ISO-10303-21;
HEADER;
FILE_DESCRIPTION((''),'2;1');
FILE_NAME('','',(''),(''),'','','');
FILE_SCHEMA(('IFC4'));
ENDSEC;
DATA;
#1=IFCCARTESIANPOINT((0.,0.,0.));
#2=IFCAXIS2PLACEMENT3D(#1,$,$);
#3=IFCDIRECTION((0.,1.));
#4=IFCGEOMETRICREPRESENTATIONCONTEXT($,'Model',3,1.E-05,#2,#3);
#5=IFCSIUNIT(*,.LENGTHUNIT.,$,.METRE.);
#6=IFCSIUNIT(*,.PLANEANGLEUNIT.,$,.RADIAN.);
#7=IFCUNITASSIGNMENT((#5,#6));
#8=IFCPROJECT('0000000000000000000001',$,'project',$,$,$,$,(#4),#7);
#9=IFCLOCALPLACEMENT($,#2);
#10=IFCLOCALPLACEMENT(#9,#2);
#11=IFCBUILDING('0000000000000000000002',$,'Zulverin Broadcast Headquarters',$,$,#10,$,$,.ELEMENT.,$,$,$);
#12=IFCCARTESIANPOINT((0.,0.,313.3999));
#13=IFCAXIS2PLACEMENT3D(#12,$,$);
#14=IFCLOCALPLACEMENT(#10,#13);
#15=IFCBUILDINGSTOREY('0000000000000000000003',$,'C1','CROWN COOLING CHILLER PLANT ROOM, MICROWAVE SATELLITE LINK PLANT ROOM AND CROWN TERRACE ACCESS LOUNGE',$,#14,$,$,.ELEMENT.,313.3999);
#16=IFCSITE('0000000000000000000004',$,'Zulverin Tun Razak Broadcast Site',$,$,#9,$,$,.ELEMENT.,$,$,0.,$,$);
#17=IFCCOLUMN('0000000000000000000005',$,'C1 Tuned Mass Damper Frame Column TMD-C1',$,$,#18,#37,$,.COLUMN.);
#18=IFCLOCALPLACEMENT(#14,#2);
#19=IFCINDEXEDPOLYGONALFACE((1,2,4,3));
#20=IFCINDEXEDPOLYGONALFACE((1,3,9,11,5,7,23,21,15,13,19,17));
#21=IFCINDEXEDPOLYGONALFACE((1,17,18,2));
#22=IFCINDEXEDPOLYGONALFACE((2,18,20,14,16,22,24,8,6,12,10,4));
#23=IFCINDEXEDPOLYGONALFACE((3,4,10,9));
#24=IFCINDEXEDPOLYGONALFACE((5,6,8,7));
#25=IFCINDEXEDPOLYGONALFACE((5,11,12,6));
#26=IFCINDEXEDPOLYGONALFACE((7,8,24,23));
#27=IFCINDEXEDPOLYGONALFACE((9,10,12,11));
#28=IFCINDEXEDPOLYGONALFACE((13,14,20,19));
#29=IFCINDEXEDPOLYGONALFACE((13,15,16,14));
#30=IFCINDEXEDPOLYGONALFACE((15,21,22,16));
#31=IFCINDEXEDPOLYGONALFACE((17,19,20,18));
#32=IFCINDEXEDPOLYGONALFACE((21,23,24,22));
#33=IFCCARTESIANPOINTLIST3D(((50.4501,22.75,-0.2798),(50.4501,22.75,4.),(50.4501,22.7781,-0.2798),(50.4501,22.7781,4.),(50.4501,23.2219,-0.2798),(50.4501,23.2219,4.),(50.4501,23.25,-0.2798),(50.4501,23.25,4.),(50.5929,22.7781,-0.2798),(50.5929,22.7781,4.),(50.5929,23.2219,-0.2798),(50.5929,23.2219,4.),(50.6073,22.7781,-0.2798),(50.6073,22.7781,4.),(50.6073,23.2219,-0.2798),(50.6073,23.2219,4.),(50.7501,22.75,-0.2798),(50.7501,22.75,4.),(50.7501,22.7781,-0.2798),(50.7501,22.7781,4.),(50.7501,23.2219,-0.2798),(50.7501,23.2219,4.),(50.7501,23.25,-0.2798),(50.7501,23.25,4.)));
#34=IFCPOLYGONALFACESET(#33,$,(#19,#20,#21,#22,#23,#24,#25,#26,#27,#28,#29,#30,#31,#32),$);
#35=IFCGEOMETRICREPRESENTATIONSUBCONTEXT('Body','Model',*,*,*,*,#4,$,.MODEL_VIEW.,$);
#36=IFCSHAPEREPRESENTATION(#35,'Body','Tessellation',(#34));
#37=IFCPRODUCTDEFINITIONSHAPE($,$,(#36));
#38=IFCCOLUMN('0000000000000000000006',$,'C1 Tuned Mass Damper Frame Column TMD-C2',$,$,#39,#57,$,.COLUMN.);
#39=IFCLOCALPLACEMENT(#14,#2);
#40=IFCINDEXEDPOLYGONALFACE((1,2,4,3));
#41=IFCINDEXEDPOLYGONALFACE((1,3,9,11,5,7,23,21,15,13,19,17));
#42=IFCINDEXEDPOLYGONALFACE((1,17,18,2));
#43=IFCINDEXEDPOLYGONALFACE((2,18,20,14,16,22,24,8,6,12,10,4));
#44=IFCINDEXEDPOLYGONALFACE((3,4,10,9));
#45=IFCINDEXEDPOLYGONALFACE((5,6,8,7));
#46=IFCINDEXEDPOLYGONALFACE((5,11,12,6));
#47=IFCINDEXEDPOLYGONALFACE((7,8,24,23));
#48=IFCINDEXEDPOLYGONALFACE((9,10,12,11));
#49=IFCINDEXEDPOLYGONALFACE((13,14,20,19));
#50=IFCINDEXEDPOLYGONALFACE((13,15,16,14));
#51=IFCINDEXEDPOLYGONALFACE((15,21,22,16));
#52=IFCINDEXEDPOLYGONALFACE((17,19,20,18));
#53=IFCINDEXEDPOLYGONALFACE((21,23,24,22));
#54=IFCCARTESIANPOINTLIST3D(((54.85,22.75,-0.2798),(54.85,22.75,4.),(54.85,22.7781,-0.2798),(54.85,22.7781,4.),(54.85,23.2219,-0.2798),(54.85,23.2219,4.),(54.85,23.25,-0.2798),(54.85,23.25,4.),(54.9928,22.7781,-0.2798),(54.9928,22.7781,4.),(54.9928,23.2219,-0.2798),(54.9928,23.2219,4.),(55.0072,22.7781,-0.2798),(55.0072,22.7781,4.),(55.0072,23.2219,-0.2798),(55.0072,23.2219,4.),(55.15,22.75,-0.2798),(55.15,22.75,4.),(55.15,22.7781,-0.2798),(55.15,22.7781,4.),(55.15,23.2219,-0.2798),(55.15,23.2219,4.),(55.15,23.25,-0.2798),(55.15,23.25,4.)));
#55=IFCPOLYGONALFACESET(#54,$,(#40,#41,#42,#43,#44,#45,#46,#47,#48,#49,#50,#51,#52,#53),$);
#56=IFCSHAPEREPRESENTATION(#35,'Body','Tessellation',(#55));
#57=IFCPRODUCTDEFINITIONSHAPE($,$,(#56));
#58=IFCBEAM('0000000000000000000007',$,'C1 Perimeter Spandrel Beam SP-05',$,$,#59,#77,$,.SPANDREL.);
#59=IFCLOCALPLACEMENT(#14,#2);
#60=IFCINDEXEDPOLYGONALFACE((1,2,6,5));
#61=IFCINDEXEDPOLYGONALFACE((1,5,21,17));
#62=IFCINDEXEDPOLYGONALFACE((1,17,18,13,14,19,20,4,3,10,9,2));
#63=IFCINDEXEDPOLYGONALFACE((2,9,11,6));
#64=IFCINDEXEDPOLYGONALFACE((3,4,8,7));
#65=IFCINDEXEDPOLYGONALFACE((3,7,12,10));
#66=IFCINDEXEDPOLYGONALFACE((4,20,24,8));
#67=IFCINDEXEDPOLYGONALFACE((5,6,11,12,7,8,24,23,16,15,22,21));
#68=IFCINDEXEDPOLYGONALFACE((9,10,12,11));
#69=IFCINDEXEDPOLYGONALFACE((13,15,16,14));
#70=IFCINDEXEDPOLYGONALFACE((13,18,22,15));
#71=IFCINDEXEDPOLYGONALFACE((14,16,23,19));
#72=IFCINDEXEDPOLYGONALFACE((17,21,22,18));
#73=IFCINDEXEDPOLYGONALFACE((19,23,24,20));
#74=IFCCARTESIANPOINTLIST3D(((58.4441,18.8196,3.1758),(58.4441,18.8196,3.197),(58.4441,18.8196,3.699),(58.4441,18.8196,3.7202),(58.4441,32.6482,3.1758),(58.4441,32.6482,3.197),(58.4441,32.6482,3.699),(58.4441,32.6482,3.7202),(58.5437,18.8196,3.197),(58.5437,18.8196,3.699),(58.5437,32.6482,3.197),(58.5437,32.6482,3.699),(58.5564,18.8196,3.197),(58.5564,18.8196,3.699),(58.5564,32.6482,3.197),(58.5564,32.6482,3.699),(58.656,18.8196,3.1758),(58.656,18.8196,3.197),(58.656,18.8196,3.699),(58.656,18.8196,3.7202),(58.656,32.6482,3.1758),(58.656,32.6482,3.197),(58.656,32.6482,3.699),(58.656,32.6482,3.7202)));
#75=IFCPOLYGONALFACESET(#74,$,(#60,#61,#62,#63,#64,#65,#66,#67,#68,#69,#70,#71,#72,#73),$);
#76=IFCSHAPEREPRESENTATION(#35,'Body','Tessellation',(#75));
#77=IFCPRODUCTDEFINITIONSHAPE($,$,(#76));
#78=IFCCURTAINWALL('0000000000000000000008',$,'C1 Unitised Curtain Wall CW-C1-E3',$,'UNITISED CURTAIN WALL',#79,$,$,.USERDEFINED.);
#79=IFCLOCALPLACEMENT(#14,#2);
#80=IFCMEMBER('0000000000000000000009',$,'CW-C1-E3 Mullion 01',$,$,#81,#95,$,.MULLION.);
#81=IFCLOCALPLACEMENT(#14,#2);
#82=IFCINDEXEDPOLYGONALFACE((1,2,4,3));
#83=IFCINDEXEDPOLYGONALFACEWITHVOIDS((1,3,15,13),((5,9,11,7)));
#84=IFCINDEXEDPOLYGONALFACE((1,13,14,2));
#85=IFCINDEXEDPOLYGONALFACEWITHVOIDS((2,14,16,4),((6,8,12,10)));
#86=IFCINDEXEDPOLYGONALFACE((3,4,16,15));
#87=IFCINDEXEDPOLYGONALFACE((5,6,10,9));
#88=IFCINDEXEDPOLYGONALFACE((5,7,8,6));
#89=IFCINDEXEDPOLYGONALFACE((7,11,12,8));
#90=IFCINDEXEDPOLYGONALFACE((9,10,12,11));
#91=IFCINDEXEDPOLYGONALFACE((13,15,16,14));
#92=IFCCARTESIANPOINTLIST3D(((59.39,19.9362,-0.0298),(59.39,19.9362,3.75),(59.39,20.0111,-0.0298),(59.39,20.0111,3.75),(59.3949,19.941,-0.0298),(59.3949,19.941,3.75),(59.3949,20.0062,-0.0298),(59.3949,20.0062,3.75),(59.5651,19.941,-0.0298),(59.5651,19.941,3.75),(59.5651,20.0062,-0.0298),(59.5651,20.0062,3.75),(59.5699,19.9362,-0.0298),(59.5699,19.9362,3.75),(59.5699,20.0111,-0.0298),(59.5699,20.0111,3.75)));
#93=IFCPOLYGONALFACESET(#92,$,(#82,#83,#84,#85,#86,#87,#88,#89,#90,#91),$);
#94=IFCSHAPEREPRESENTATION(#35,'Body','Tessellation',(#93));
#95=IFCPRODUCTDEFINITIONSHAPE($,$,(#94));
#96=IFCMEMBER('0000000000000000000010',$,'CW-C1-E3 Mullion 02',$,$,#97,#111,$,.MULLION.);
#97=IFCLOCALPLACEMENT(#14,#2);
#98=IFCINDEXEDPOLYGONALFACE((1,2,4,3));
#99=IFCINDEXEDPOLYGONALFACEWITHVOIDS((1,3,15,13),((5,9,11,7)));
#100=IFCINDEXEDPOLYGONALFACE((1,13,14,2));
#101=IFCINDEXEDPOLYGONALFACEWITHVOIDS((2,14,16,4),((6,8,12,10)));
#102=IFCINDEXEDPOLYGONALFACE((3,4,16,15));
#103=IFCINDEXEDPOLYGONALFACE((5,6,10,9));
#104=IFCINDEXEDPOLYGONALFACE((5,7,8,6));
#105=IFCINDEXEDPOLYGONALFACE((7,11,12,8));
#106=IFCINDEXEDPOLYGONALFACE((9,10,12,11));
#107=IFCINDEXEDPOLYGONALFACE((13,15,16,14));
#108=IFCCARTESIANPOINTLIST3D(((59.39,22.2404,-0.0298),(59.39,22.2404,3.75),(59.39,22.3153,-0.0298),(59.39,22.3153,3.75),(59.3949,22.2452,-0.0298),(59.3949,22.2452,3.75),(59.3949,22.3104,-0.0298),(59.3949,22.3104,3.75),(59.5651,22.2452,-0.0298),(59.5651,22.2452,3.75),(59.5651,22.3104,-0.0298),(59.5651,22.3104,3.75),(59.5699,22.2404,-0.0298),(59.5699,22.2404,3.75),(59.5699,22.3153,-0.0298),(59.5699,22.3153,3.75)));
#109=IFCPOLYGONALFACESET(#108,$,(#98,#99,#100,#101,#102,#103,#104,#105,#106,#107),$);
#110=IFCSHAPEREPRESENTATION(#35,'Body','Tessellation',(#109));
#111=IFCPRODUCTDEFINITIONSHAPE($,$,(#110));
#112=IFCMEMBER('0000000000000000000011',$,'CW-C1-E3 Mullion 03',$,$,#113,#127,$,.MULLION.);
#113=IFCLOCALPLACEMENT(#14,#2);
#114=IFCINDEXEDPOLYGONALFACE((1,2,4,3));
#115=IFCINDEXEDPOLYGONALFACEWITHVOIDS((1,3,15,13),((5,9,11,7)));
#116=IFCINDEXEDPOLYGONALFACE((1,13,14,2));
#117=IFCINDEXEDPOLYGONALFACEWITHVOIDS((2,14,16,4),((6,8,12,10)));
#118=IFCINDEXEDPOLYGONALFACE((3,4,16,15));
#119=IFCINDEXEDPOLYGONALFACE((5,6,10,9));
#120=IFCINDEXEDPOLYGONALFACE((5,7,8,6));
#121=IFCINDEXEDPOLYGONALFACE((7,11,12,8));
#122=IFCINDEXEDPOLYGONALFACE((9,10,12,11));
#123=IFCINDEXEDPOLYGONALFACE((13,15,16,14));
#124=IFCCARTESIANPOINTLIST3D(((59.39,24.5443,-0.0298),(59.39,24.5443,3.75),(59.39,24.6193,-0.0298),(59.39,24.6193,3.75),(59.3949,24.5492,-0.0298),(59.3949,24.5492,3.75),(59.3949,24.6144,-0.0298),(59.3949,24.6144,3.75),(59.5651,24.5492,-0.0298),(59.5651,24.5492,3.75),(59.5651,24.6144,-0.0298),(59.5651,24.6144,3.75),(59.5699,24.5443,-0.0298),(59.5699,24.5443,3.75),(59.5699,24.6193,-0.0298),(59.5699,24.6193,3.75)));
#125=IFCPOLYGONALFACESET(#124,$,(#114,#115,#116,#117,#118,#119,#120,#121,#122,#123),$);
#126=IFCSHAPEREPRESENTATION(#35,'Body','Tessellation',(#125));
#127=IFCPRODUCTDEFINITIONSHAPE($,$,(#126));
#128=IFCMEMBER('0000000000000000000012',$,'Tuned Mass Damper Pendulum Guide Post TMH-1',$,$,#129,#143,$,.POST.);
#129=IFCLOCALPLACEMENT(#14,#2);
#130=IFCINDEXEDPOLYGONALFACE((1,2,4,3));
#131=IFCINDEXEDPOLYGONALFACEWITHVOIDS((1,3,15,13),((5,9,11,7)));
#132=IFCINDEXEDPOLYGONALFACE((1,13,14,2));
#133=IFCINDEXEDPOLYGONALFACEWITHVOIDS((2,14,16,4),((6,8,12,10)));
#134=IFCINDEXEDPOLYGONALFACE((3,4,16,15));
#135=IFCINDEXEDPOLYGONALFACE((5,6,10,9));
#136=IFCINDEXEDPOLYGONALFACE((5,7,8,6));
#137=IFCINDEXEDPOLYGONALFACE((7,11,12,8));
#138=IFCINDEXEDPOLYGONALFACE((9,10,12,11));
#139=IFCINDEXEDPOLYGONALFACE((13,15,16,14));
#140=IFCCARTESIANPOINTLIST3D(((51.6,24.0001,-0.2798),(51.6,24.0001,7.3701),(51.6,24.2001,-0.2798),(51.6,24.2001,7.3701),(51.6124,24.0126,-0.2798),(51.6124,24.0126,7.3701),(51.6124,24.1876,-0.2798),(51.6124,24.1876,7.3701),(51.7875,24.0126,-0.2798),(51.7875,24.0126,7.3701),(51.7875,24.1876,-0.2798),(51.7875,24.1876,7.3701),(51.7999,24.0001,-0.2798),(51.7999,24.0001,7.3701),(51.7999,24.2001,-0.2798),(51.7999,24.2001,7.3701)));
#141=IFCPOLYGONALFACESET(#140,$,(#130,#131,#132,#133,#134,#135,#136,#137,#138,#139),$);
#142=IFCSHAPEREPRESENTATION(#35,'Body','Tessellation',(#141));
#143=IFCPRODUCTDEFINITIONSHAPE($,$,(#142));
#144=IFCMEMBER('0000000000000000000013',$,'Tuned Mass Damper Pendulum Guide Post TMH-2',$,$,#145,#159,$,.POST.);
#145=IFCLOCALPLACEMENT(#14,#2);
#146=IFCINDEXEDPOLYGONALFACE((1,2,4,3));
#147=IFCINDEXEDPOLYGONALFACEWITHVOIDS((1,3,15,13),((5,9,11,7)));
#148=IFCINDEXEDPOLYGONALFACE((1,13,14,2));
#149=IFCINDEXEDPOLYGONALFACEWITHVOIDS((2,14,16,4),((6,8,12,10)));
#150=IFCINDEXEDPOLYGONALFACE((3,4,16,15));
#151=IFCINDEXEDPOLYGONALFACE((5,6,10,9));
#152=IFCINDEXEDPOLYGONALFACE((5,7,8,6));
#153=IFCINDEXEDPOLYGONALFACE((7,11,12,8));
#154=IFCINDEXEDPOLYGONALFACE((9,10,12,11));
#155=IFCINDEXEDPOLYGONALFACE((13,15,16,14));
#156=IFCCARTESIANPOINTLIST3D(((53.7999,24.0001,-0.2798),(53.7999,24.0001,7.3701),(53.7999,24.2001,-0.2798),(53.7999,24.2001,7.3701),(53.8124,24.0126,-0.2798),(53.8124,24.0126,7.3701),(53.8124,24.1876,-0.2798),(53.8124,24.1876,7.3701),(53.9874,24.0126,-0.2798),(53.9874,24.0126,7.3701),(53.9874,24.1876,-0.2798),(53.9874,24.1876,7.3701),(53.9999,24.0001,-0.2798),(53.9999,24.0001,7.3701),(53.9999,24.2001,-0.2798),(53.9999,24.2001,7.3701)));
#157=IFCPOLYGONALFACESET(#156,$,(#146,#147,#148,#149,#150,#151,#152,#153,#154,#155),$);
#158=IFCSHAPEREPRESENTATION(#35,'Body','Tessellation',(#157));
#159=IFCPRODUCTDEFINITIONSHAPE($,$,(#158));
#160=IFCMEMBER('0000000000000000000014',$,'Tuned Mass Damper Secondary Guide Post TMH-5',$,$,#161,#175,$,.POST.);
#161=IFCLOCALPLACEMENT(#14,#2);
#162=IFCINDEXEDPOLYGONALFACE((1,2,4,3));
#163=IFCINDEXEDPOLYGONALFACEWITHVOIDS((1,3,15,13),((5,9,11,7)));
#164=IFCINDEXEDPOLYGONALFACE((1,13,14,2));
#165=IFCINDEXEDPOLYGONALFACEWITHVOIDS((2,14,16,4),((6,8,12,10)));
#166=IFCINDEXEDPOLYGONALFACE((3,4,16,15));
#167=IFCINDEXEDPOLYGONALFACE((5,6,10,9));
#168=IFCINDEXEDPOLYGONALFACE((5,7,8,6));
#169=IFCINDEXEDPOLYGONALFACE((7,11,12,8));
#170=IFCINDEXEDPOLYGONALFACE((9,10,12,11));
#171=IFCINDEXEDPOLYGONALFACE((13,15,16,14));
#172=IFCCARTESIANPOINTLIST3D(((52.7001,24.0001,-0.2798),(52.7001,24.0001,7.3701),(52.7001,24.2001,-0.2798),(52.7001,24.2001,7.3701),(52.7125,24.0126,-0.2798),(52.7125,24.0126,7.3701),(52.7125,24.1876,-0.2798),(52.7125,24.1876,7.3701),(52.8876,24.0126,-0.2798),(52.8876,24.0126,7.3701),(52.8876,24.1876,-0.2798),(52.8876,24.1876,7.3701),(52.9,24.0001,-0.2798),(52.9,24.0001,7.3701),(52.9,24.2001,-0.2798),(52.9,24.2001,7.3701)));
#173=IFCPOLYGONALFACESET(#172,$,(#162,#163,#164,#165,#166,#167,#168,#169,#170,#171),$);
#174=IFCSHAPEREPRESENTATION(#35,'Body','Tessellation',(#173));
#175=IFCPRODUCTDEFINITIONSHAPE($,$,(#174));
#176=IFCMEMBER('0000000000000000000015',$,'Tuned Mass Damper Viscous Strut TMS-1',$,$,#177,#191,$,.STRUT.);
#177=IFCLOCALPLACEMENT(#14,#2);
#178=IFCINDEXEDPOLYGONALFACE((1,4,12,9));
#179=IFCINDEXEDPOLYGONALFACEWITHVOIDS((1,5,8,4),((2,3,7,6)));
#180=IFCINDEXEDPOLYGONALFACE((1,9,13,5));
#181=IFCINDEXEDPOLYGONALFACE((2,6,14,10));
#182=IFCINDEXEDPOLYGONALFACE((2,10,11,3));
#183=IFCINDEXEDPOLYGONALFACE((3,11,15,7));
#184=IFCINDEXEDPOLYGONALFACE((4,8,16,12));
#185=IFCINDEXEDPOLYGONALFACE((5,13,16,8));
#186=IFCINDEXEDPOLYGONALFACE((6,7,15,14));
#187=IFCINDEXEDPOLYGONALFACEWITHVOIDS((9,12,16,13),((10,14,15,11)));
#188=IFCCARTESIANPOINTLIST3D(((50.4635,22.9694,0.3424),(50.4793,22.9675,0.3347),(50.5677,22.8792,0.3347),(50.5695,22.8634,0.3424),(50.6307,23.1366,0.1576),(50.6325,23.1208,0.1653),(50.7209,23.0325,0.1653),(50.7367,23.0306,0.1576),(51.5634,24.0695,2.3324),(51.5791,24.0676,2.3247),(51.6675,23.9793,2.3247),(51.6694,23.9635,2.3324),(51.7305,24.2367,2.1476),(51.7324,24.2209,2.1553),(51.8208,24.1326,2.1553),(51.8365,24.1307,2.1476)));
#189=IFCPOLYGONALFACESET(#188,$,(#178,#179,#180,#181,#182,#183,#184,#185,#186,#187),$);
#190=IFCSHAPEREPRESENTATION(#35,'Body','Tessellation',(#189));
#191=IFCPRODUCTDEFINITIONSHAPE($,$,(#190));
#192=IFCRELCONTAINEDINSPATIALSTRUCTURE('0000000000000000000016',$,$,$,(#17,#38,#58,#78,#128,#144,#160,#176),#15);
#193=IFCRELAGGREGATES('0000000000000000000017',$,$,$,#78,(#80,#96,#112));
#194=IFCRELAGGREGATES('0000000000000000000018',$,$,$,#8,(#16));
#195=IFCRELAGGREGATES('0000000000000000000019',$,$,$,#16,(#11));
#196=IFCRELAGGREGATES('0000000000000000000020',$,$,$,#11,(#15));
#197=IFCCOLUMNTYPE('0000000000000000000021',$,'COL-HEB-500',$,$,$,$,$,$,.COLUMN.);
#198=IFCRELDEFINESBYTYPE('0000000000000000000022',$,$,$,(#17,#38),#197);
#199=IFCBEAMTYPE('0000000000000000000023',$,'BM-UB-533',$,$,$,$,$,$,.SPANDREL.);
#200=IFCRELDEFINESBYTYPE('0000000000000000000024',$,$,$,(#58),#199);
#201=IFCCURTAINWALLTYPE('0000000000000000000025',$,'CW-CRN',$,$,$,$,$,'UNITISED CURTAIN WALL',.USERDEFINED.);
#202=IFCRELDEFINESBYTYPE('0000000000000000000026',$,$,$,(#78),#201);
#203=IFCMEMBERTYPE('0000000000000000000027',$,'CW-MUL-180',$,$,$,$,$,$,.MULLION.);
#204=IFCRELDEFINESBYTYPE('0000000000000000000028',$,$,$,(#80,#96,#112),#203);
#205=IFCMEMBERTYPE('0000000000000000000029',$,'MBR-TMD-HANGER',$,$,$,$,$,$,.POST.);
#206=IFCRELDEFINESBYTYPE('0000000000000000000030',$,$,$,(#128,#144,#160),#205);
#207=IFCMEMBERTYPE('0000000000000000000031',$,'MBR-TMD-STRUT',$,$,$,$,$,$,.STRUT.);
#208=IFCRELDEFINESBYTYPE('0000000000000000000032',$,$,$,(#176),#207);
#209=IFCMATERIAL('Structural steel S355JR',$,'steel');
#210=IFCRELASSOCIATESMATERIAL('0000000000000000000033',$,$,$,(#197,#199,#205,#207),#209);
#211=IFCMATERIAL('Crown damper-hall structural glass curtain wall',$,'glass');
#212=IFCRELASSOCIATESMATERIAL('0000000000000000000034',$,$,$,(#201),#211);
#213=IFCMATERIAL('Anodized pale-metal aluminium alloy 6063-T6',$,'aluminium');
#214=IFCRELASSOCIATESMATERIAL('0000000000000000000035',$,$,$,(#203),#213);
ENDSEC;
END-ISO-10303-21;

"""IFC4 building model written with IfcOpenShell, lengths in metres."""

from ifc_helpers import new_model, si_unit, direction, frame, origin, origin_2d, place, context, subcontext, project, spatial, hollow_rectangle, i_section, extrude, material, material_profile, profile_set, type_object, element, aggregate, save


model = new_model("IFC4")

# Units and contexts
model_context = context("Model", 3, precision=1e-05, world=origin(), true_north=direction((0.0, 1.0)))
body_context = subcontext(model_context, "Body", "Model", "MODEL_VIEW")
ifc_project = project(units=[si_unit("LENGTHUNIT", "METRE"), si_unit("PLANEANGLEUNIT", "RADIAN")], contexts=[model_context])

# Site, building, storey
site_placement = place(None, origin())
site = spatial("IfcSite", under=ifc_project, at=site_placement, Name="Zulverin Tun Razak Broadcast Site", CompositionType="ELEMENT", RefElevation=0.0)
building_placement = place(site_placement, origin())
building = spatial("IfcBuilding", under=site, at=building_placement, Name="Zulverin Broadcast Headquarters", CompositionType="ELEMENT")
storey_placement = place(building_placement, frame((0.0, 0.0, 313.3999)))
storey = spatial("IfcBuildingStorey", under=building, at=storey_placement, Name="C1", Description="CROWN COOLING CHILLER PLANT ROOM, MICROWAVE SATELLITE LINK PLANT ROOM AND CROWN TERRACE ACCESS LOUNGE", CompositionType="ELEMENT", Elevation=313.3999)

# Columns
ifc_material_1 = material(Name="Structural steel S355JR", Category="steel")
ifc_material_profile_1 = material_profile(ifc_material_1, i_section(OverallWidth=0.3, OverallDepth=0.5, WebThickness=0.0144, FlangeThickness=0.0281, at=origin_2d()), Name="Structural steel S355JR", Category="steel")
ifc_profile_set_1 = profile_set([ifc_material_profile_1], Name="Structural steel S355JR")
column_type = type_object("IfcColumnType", Name="COL-HEB-500", PredefinedType="COLUMN", material=ifc_profile_set_1)
for number, where, z_axis, x_axis, name in (
    (1, (50.6001, 23.0, -0.2798), (0.0, 0.0, 1.0), (1.0, 0.0, 0.0), "C1 Tuned Mass Damper Frame Column TMD-C1"),
    (2, (55.0, 23.0, -0.2798), (0.0, 0.0, 1.0), (1.0, 0.0, 0.0), "C1 Tuned Mass Damper Frame Column TMD-C2"),
):
    element("IfcColumn", number, at=place(storey_placement, frame(where, z_axis=z_axis, x_axis=x_axis)), inside=storey, type_object=column_type, Name=name, PredefinedType="COLUMN", context=body_context, shape_type="SweptSolid", body=[
        extrude(i_section(OverallWidth=0.3, OverallDepth=0.5, WebThickness=0.0144, FlangeThickness=0.0281, at=origin_2d()), origin(), (0.0, 0.0, 1.0), 4.2798),
    ])

# Beam
ifc_material_profile_2 = material_profile(ifc_material_1, i_section(OverallWidth=0.2119, OverallDepth=0.5444, WebThickness=0.0127, FlangeThickness=0.0212, at=origin_2d()), Name="Structural steel S355JR", Category="steel")
ifc_profile_set_2 = profile_set([ifc_material_profile_2], Name="Structural steel S355JR")
beam_type = type_object("IfcBeamType", Name="BM-UB-533", PredefinedType="SPANDREL", material=ifc_profile_set_2)
beam_placement = place(storey_placement, frame((58.55, 18.8196, 3.448), z_axis=(0.0, 1.0, 0.0), x_axis=(-1.0, 0.0, 0.0)))
element("IfcBeam", 3, at=beam_placement, inside=storey, type_object=beam_type, Name="C1 Perimeter Spandrel Beam SP-05", PredefinedType="SPANDREL", context=body_context, shape_type="SweptSolid", body=[
    extrude(i_section(OverallWidth=0.2119, OverallDepth=0.5444, WebThickness=0.0127, FlangeThickness=0.0212, at=origin_2d()), origin(), (0.0, 0.0, 1.0), 13.8286),
])

# Curtain wall, members
ifc_material_2 = material(Name="Crown damper-hall structural glass curtain wall", Category="glass")
curtain_wall_type = type_object("IfcCurtainWallType", Name="CW-CRN", ElementType="UNITISED CURTAIN WALL", PredefinedType="USERDEFINED", material=ifc_material_2)
curtain_wall_placement = place(storey_placement, origin())
curtain_wall = element("IfcCurtainWall", 4, at=curtain_wall_placement, inside=storey, type_object=curtain_wall_type, Name="C1 Unitised Curtain Wall CW-C1-E3", ObjectType="UNITISED CURTAIN WALL", PredefinedType="USERDEFINED")
ifc_material_3 = material(Name="Anodized pale-metal aluminium alloy 6063-T6", Category="aluminium")
ifc_material_profile_3 = material_profile(ifc_material_3, hollow_rectangle(XDim=0.075, YDim=0.1799, WallThickness=0.0049, at=origin_2d()), Name="Anodized pale-metal aluminium alloy 6063-T6", Category="aluminium")
ifc_profile_set_3 = profile_set([ifc_material_profile_3], Name="Anodized pale-metal aluminium alloy 6063-T6")
member_type_1 = type_object("IfcMemberType", Name="CW-MUL-180", PredefinedType="MULLION", material=ifc_profile_set_3)
member_1_placement = place(storey_placement, frame((59.48, 19.9736, -0.0298), z_axis=(0.0, 0.0, 1.0), x_axis=(0.0, 1.0, 0.0)))
member_1 = element("IfcMember", 5, at=member_1_placement, type_object=member_type_1, Name="CW-C1-E3 Mullion 01", PredefinedType="MULLION", context=body_context, shape_type="SweptSolid", body=[
    extrude(hollow_rectangle(XDim=0.075, YDim=0.1799, WallThickness=0.0049, at=origin_2d()), origin(), (0.0, 0.0, 1.0), 3.7798),
])
member_2_placement = place(storey_placement, frame((59.48, 22.2778, -0.0298), z_axis=(0.0, 0.0, 1.0), x_axis=(0.0, 1.0, 0.0)))
member_2 = element("IfcMember", 6, at=member_2_placement, type_object=member_type_1, Name="CW-C1-E3 Mullion 02", PredefinedType="MULLION", context=body_context, shape_type="SweptSolid", body=[
    extrude(hollow_rectangle(XDim=0.075, YDim=0.1799, WallThickness=0.0049, at=origin_2d()), origin(), (0.0, 0.0, 1.0), 3.7798),
])
member_3_placement = place(storey_placement, frame((59.48, 24.5818, -0.0298), z_axis=(0.0, 0.0, 1.0), x_axis=(0.0, 1.0, 0.0)))
member_3 = element("IfcMember", 7, at=member_3_placement, type_object=member_type_1, Name="CW-C1-E3 Mullion 03", PredefinedType="MULLION", context=body_context, shape_type="SweptSolid", body=[
    extrude(hollow_rectangle(XDim=0.075, YDim=0.1799, WallThickness=0.0049, at=origin_2d()), origin(), (0.0, 0.0, 1.0), 3.7798),
])

# Members
ifc_material_profile_4 = material_profile(ifc_material_1, hollow_rectangle(XDim=0.2, YDim=0.2, WallThickness=0.0125, at=origin_2d()), Name="Structural steel S355JR", Category="steel")
ifc_profile_set_4 = profile_set([ifc_material_profile_4], Name="Structural steel S355JR")
member_type_2 = type_object("IfcMemberType", Name="MBR-TMD-HANGER", PredefinedType="POST", material=ifc_profile_set_4)
for number, where, z_axis, x_axis, name in (
    (8, (51.7, 24.1001, -0.2798), (0.0, 0.0, 1.0), (1.0, 0.0, 0.0), "Tuned Mass Damper Pendulum Guide Post TMH-1"),
    (9, (53.8999, 24.1001, -0.2798), (0.0, 0.0, 1.0), (1.0, 0.0, 0.0), "Tuned Mass Damper Pendulum Guide Post TMH-2"),
    (10, (52.8, 24.1001, -0.2798), (0.0, 0.0, 1.0), (1.0, 0.0, 0.0), "Tuned Mass Damper Secondary Guide Post TMH-5"),
):
    element("IfcMember", number, at=place(storey_placement, frame(where, z_axis=z_axis, x_axis=x_axis)), inside=storey, type_object=member_type_2, Name=name, PredefinedType="POST", context=body_context, shape_type="SweptSolid", body=[
        extrude(hollow_rectangle(XDim=0.2, YDim=0.2, WallThickness=0.0125, at=origin_2d()), origin(), (0.0, 0.0, 1.0), 7.6499),
    ])
ifc_material_profile_5 = material_profile(ifc_material_1, hollow_rectangle(XDim=0.1499, YDim=0.3, WallThickness=0.0125, at=origin_2d()), Name="Structural steel S355JR", Category="steel")
ifc_profile_set_5 = profile_set([ifc_material_profile_5], Name="Structural steel S355JR")
member_type_3 = type_object("IfcMemberType", Name="MBR-TMD-STRUT", PredefinedType="STRUT", material=ifc_profile_set_5)
for number, where, z_axis, x_axis, name in (
    (11, (50.6001, 23.0, 0.25), (0.435438, 0.435534, 0.787848), (-0.707185, 0.707028, 0.0), "Tuned Mass Damper Viscous Strut TMS-1"),
):
    element("IfcMember", number, at=place(storey_placement, frame(where, z_axis=z_axis, x_axis=x_axis)), inside=storey, type_object=member_type_3, Name=name, PredefinedType="STRUT", context=body_context, shape_type="SweptSolid", body=[
        extrude(hollow_rectangle(XDim=0.1499, YDim=0.3, WallThickness=0.0125, at=origin_2d()), origin(), (0.0, 0.0, 1.0), 2.5259),
    ])

aggregate(curtain_wall, [member_1, member_2, member_3])

save(model, "model.ifc")
